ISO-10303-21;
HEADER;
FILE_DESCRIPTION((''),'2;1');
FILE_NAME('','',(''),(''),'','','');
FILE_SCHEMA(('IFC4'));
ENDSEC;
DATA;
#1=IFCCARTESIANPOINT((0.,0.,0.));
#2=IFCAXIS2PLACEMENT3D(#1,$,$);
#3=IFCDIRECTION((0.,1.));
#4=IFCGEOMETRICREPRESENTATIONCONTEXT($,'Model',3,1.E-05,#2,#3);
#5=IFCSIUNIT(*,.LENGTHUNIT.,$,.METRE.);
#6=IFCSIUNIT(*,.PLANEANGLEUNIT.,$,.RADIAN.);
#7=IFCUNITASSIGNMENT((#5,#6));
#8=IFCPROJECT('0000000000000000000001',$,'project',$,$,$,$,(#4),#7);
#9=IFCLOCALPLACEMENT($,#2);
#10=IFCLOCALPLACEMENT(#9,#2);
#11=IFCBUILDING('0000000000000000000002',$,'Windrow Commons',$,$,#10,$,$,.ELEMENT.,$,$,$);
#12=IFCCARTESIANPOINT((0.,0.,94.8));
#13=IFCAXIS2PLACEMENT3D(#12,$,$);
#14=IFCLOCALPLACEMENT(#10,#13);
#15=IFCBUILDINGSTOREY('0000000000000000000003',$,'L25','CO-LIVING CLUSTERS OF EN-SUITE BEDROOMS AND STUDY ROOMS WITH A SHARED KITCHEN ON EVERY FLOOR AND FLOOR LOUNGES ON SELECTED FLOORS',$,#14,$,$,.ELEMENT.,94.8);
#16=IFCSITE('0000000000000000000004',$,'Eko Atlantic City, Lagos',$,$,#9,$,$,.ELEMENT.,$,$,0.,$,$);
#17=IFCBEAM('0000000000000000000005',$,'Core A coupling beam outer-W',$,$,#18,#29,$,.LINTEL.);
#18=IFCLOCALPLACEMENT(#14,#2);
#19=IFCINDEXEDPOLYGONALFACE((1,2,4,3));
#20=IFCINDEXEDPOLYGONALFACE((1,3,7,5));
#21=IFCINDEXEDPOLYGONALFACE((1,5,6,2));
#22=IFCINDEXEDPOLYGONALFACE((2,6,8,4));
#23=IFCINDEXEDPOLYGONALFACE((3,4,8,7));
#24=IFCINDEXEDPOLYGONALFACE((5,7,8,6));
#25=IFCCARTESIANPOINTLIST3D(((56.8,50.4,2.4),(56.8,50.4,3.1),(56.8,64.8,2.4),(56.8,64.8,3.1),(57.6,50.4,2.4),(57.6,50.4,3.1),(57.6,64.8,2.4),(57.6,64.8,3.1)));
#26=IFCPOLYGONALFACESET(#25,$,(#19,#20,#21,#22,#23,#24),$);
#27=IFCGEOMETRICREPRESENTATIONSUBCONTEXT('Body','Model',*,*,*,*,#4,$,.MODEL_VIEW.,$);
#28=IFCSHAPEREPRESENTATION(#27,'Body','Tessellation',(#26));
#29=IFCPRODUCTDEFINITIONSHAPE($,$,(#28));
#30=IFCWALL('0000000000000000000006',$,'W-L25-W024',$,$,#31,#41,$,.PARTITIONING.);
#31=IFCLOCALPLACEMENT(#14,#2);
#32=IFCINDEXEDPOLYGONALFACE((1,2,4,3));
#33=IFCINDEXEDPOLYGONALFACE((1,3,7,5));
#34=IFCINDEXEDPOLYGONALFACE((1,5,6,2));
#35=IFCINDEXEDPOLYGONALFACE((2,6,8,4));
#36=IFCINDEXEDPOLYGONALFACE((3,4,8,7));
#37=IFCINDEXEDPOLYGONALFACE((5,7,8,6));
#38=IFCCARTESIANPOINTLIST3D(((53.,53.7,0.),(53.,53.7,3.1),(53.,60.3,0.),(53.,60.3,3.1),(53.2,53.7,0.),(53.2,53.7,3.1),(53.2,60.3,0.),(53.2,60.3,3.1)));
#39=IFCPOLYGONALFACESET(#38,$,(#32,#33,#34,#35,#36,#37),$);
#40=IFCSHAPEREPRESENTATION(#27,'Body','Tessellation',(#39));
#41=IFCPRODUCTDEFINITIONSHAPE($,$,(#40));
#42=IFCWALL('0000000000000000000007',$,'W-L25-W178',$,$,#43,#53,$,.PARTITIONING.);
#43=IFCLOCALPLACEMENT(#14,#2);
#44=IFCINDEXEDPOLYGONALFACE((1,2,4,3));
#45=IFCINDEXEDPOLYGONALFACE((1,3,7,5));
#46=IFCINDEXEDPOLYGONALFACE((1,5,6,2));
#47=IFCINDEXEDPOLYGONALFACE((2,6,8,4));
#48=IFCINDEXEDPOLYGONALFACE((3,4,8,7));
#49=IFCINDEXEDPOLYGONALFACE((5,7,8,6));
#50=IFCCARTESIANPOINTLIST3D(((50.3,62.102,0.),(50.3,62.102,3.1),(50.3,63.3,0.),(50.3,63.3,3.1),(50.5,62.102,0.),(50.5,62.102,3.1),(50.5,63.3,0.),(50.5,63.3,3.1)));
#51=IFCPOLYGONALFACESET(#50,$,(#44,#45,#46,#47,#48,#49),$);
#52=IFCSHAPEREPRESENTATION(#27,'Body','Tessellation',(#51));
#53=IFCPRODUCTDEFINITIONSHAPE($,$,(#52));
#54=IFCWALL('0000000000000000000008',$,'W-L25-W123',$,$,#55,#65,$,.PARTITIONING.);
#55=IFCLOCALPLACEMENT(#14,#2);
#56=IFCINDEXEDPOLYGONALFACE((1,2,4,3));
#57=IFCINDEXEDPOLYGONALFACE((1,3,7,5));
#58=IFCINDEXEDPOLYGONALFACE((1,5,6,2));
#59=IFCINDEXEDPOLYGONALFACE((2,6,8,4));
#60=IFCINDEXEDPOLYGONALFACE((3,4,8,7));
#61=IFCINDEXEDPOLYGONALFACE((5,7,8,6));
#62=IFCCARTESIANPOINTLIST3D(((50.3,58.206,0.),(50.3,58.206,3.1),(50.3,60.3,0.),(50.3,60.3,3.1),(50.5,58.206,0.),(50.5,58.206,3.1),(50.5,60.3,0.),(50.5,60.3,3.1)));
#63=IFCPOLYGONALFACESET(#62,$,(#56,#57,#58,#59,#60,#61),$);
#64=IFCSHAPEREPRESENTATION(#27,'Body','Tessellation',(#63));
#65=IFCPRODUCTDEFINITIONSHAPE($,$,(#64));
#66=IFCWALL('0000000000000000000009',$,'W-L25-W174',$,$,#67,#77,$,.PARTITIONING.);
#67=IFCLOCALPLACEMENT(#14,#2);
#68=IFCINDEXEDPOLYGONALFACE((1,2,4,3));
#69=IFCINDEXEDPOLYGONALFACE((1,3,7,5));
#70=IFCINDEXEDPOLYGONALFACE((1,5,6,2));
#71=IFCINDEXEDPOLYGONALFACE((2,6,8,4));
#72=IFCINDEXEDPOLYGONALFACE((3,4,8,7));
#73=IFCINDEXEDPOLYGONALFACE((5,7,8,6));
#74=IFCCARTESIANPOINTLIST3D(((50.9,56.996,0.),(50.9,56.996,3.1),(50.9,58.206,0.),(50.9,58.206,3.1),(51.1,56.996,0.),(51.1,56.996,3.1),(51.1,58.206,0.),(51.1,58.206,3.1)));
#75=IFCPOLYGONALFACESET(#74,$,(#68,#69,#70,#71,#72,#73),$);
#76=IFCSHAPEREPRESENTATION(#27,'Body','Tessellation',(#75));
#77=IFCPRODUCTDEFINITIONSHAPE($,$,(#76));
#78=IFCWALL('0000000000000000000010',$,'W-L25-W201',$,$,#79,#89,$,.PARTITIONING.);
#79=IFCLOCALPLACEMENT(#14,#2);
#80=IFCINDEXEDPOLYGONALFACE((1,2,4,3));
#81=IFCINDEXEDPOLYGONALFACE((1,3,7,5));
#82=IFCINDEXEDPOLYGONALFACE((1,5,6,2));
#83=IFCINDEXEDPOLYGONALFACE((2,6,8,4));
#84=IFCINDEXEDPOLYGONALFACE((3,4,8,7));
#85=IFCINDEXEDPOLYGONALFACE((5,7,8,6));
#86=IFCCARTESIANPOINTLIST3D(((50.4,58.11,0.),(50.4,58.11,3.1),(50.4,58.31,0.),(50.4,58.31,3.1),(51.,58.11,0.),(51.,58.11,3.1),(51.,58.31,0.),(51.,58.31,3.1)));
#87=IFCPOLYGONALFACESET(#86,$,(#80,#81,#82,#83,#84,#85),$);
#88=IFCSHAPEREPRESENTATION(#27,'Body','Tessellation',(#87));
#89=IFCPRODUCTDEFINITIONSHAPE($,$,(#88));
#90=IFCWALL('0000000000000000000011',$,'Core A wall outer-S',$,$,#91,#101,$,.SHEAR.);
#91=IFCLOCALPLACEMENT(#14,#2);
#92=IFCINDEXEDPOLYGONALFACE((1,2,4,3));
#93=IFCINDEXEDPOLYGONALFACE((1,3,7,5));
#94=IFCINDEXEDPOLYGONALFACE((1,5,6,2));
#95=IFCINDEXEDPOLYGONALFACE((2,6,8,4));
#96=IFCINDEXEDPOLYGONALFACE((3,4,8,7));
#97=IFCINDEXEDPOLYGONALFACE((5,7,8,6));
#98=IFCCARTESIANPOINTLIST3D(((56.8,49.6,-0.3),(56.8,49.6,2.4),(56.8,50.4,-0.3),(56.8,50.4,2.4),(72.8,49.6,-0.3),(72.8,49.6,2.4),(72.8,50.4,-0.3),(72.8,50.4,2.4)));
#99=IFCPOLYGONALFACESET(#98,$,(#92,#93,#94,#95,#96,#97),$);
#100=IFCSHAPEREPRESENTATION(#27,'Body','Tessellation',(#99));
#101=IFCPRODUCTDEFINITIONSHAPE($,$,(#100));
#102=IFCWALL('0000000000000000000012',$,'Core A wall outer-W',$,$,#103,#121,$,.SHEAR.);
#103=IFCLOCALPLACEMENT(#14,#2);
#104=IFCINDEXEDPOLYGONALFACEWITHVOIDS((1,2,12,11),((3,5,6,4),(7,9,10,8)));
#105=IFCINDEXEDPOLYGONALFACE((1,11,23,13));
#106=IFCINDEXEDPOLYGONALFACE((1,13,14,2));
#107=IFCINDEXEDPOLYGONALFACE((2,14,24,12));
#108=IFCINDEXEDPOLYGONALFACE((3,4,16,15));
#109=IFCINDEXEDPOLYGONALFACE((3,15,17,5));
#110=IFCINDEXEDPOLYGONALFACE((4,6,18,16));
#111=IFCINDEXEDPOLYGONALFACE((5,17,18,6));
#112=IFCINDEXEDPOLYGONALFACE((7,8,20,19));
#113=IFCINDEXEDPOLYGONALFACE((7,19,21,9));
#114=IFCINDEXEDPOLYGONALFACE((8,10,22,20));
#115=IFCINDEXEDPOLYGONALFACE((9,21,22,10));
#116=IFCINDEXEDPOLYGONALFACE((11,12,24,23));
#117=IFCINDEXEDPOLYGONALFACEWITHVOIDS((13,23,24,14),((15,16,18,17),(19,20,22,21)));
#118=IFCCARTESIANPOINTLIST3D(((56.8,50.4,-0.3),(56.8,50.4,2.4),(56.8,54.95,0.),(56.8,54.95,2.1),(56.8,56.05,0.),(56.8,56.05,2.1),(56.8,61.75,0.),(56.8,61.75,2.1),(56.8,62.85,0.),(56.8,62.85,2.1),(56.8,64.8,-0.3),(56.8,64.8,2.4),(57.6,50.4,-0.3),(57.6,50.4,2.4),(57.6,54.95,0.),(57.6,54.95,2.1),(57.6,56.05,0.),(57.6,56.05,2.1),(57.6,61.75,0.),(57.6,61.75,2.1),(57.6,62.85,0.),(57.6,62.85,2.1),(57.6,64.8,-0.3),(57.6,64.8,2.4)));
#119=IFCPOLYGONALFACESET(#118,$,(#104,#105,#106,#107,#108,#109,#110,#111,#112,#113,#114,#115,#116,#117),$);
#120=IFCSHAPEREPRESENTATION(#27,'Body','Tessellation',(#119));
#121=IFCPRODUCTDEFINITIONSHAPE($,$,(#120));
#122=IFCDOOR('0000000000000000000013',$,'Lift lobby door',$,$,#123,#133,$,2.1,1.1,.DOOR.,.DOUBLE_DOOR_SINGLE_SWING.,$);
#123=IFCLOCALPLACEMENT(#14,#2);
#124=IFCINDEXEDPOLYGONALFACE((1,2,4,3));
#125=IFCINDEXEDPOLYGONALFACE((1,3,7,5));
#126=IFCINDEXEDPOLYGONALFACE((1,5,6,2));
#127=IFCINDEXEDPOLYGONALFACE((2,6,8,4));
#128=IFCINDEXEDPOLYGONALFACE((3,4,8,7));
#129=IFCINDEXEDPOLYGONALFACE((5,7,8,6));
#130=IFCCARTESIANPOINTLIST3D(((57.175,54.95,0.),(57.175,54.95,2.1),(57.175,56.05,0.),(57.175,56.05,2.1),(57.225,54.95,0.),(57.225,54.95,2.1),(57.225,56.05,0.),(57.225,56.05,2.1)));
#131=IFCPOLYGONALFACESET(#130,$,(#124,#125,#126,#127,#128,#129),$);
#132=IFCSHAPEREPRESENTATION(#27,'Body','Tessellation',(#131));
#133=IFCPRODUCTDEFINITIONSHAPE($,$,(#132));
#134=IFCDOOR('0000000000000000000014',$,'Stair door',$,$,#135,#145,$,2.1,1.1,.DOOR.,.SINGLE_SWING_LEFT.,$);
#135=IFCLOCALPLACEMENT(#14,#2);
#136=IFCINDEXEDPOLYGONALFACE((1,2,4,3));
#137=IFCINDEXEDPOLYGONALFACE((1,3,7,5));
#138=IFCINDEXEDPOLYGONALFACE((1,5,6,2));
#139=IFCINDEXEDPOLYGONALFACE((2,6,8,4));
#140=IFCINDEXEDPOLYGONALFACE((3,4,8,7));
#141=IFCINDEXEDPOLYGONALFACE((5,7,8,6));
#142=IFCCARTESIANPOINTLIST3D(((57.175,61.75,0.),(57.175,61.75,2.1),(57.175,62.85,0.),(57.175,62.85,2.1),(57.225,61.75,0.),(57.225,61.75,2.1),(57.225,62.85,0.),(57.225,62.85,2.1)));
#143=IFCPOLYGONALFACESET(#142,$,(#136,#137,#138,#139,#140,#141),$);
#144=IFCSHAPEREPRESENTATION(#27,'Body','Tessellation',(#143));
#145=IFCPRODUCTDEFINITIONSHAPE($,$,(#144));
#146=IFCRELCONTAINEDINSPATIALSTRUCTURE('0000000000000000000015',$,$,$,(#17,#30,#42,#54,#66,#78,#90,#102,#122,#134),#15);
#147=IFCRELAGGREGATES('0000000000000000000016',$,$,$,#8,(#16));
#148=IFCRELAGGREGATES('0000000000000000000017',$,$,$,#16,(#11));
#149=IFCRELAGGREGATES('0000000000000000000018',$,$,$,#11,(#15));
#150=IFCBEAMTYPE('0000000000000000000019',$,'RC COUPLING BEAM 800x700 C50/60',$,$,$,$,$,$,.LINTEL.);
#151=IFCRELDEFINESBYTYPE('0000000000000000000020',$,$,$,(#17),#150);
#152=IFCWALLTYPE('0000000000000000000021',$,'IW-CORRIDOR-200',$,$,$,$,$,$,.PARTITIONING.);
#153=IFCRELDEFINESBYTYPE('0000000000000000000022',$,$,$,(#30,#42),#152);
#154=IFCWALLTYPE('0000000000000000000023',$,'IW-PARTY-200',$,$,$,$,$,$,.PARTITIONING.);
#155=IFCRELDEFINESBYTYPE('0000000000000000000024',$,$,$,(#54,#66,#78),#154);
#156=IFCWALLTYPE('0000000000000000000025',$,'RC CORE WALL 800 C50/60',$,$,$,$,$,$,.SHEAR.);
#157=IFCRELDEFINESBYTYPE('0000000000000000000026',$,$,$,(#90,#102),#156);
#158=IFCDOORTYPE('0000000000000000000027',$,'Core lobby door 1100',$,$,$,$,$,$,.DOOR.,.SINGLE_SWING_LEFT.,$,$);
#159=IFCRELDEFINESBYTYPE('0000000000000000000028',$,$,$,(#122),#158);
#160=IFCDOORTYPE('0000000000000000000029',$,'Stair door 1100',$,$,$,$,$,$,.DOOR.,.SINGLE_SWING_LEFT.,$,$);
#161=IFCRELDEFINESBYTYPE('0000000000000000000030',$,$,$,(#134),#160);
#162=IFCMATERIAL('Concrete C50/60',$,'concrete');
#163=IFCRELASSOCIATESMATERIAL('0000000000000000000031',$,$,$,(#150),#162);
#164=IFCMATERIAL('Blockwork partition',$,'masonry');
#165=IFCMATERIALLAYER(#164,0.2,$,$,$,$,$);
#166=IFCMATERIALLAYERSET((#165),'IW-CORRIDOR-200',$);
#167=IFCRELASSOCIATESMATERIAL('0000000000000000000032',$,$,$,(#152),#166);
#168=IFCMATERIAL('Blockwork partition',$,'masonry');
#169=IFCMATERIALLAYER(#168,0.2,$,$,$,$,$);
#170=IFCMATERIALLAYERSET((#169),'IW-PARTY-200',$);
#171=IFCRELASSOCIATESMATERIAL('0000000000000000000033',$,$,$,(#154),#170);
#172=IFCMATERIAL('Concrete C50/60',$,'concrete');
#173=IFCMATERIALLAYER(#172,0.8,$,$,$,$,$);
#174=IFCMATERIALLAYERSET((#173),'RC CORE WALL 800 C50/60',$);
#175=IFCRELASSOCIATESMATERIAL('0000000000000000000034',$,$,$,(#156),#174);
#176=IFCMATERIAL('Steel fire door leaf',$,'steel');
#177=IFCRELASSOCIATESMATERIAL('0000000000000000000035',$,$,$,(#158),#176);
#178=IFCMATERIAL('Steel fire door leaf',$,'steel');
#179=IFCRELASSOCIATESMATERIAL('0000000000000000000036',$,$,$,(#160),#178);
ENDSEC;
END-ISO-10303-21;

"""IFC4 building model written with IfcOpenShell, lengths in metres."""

from ifc_helpers import new_model, si_unit, direction, frame, frame_2d, origin, origin_2d, place, context, subcontext, project, spatial, rectangle, extrude, material, layer, layer_set, material_profile, profile_set, type_object, element, fill, save


model = new_model("IFC4")

# Units and contexts
model_context = context("Model", 3, precision=1e-05, world=origin(), true_north=direction((0.0, 1.0)))
body_context = subcontext(model_context, "Body", "Model", "MODEL_VIEW")
ifc_project = project(units=[si_unit("LENGTHUNIT", "METRE"), si_unit("PLANEANGLEUNIT", "RADIAN")], contexts=[model_context])

# Site, building, storey
site_placement = place(None, origin())
site = spatial("IfcSite", under=ifc_project, at=site_placement, Name="Eko Atlantic City, Lagos", CompositionType="ELEMENT", RefElevation=0.0)
building_placement = place(site_placement, origin())
building = spatial("IfcBuilding", under=site, at=building_placement, Name="Windrow Commons", CompositionType="ELEMENT")
storey_placement = place(building_placement, frame((0.0, 0.0, 94.8)))
storey = spatial("IfcBuildingStorey", under=building, at=storey_placement, Name="L25", Description="CO-LIVING CLUSTERS OF EN-SUITE BEDROOMS AND STUDY ROOMS WITH A SHARED KITCHEN ON EVERY FLOOR AND FLOOR LOUNGES ON SELECTED FLOORS", CompositionType="ELEMENT", Elevation=94.8)

# Beam
ifc_material_1 = material(Name="Concrete C50/60", Category="concrete")
ifc_material_profile = material_profile(ifc_material_1, rectangle(XDim=0.8, YDim=0.7, at=origin_2d()))
ifc_profile_set = profile_set([ifc_material_profile], Name="Concrete C50/60")
beam_type = type_object("IfcBeamType", Name="RC COUPLING BEAM 800x700 C50/60", PredefinedType="LINTEL", material=ifc_profile_set)
beam_placement = place(storey_placement, frame((57.2, 50.4, 2.75), z_axis=(0.0, 1.0, 0.0), x_axis=(-1.0, 0.0, 0.0)))
element("IfcBeam", 1, at=beam_placement, inside=storey, type_object=beam_type, Name="Core A coupling beam outer-W", PredefinedType="LINTEL", context=body_context, shape_type="SweptSolid", body=[
    extrude(rectangle(XDim=0.8, YDim=0.7, at=origin_2d()), origin(), (0.0, 0.0, 1.0), 14.4),
])

# Walls
ifc_material_2 = material(Name="Blockwork partition", Category="masonry")
ifc_layer_1 = layer(ifc_material_2, 0.2)
ifc_layer_set_1 = layer_set([ifc_layer_1], Name="IW-CORRIDOR-200")
wall_type_1 = type_object("IfcWallType", Name="IW-CORRIDOR-200", PredefinedType="PARTITIONING", material=ifc_layer_set_1)
wall_1_placement = place(storey_placement, frame((53.1, 53.7, 0.0), z_axis=(0.0, 0.0, 1.0), x_axis=(0.0, 1.0, 0.0)))
element("IfcWall", 2, at=wall_1_placement, inside=storey, type_object=wall_type_1, Name="W-L25-W024", PredefinedType="PARTITIONING", context=body_context, shape_type="SweptSolid", body=[
    extrude(rectangle(XDim=6.6, YDim=0.2, at=frame_2d((3.3, 0.0))), origin(), (0.0, 0.0, 1.0), 3.1),
])
wall_2_placement = place(storey_placement, frame((50.4, 62.102, 0.0), z_axis=(0.0, 0.0, 1.0), x_axis=(0.0, 1.0, 0.0)))
element("IfcWall", 3, at=wall_2_placement, inside=storey, type_object=wall_type_1, Name="W-L25-W178", PredefinedType="PARTITIONING", context=body_context, shape_type="SweptSolid", body=[
    extrude(rectangle(XDim=1.198, YDim=0.2, at=frame_2d((0.599, 0.0))), origin(), (0.0, 0.0, 1.0), 3.1),
])
ifc_material_3 = material(Name="Blockwork partition", Category="masonry")
ifc_layer_2 = layer(ifc_material_3, 0.2)
ifc_layer_set_2 = layer_set([ifc_layer_2], Name="IW-PARTY-200")
wall_type_2 = type_object("IfcWallType", Name="IW-PARTY-200", PredefinedType="PARTITIONING", material=ifc_layer_set_2)
wall_3_placement = place(storey_placement, frame((50.4, 58.206, 0.0), z_axis=(0.0, 0.0, 1.0), x_axis=(0.0, 1.0, 0.0)))
element("IfcWall", 4, at=wall_3_placement, inside=storey, type_object=wall_type_2, Name="W-L25-W123", PredefinedType="PARTITIONING", context=body_context, shape_type="SweptSolid", body=[
    extrude(rectangle(XDim=2.094, YDim=0.2, at=frame_2d((1.047, 0.0))), origin(), (0.0, 0.0, 1.0), 3.1),
])
wall_4_placement = place(storey_placement, frame((51.0, 56.996, 0.0), z_axis=(0.0, 0.0, 1.0), x_axis=(0.0, 1.0, 0.0)))
element("IfcWall", 5, at=wall_4_placement, inside=storey, type_object=wall_type_2, Name="W-L25-W174", PredefinedType="PARTITIONING", context=body_context, shape_type="SweptSolid", body=[
    extrude(rectangle(XDim=1.21, YDim=0.2, at=frame_2d((0.605, 0.0))), origin(), (0.0, 0.0, 1.0), 3.1),
])
wall_5_placement = place(storey_placement, frame((50.4, 58.21, 0.0), z_axis=(0.0, 0.0, 1.0), x_axis=(1.0, 0.0, 0.0)))
element("IfcWall", 6, at=wall_5_placement, inside=storey, type_object=wall_type_2, Name="W-L25-W201", PredefinedType="PARTITIONING", context=body_context, shape_type="SweptSolid", body=[
    extrude(rectangle(XDim=0.6, YDim=0.2, at=frame_2d((0.3, 0.0))), origin(), (0.0, 0.0, 1.0), 3.1),
])
ifc_material_4 = material(Name="Concrete C50/60", Category="concrete")
ifc_layer_3 = layer(ifc_material_4, 0.8)
ifc_layer_set_3 = layer_set([ifc_layer_3], Name="RC CORE WALL 800 C50/60")
wall_type_3 = type_object("IfcWallType", Name="RC CORE WALL 800 C50/60", PredefinedType="SHEAR", material=ifc_layer_set_3)
wall_6_placement = place(storey_placement, frame((56.8, 50.0, -0.3), z_axis=(0.0, 0.0, 1.0), x_axis=(1.0, 0.0, 0.0)))
element("IfcWall", 7, at=wall_6_placement, inside=storey, type_object=wall_type_3, Name="Core A wall outer-S", PredefinedType="SHEAR", context=body_context, shape_type="SweptSolid", body=[
    extrude(rectangle(XDim=16.0, YDim=0.8, at=frame_2d((8.0, 0.0))), origin(), (0.0, 0.0, 1.0), 2.7),
])

# Wall, openings, doors
wall_7_placement = place(storey_placement, frame((57.2, 50.4, -0.3), z_axis=(0.0, 0.0, 1.0), x_axis=(0.0, 1.0, 0.0)))
wall_7 = element("IfcWall", 8, at=wall_7_placement, inside=storey, type_object=wall_type_3, Name="Core A wall outer-W", PredefinedType="SHEAR", context=body_context, shape_type="SweptSolid", body=[
    extrude(rectangle(XDim=14.4, YDim=0.8, at=frame_2d((7.2, 0.0))), origin(), (0.0, 0.0, 1.0), 2.7),
])
opening_1_placement = place(wall_7_placement, frame((4.55, 0.0, 0.3)))
opening_1 = element("IfcOpeningElement", 9, at=opening_1_placement, cuts=wall_7, PredefinedType="OPENING", context=body_context, shape_type="SweptSolid", body=[
    extrude(rectangle(XDim=1.1, YDim=2.1, at=frame_2d((0.55, 1.05))), frame((0.0, 0.41, 0.0), z_axis=(0.0, -1.0, 0.0), x_axis=(1.0, 0.0, 0.0)), (0.0, 0.0, 1.0), 0.82),
])
opening_2_placement = place(wall_7_placement, frame((11.35, 0.0, 0.3)))
opening_2 = element("IfcOpeningElement", 10, at=opening_2_placement, cuts=wall_7, PredefinedType="OPENING", context=body_context, shape_type="SweptSolid", body=[
    extrude(rectangle(XDim=1.1, YDim=2.1, at=frame_2d((0.55, 1.05))), frame((0.0, 0.41, 0.0), z_axis=(0.0, -1.0, 0.0), x_axis=(1.0, 0.0, 0.0)), (0.0, 0.0, 1.0), 0.82),
])
ifc_material_5 = material(Name="Steel fire door leaf", Category="steel")
door_type_1 = type_object("IfcDoorType", Name="Core lobby door 1100", OperationType="SINGLE_SWING_LEFT", PredefinedType="DOOR", material=ifc_material_5)
door_1_placement = place(opening_1_placement, origin())
door_1 = element("IfcDoor", 11, at=door_1_placement, inside=storey, type_object=door_type_1, Name="Lift lobby door", OperationType="DOUBLE_DOOR_SINGLE_SWING", OverallHeight=2.1, OverallWidth=1.1, PredefinedType="DOOR", context=body_context, shape_type="SweptSolid", body=[
    extrude(rectangle(XDim=1.1, YDim=2.1, at=frame_2d((0.55, 1.05))), frame((0.0, 0.025, 0.0), z_axis=(0.0, -1.0, 0.0), x_axis=(1.0, 0.0, 0.0)), (0.0, 0.0, 1.0), 0.05),
])
fill(opening_1, door_1)
ifc_material_6 = material(Name="Steel fire door leaf", Category="steel")
door_type_2 = type_object("IfcDoorType", Name="Stair door 1100", OperationType="SINGLE_SWING_LEFT", PredefinedType="DOOR", material=ifc_material_6)
door_2_placement = place(opening_2_placement, origin())
door_2 = element("IfcDoor", 12, at=door_2_placement, inside=storey, type_object=door_type_2, Name="Stair door", OperationType="SINGLE_SWING_LEFT", OverallHeight=2.1, OverallWidth=1.1, PredefinedType="DOOR", context=body_context, shape_type="SweptSolid", body=[
    extrude(rectangle(XDim=1.1, YDim=2.1, at=frame_2d((0.55, 1.05))), frame((0.0, 0.025, 0.0), z_axis=(0.0, -1.0, 0.0), x_axis=(1.0, 0.0, 0.0)), (0.0, 0.0, 1.0), 0.05),
])
fill(opening_2, door_2)

save(model, "model.ifc")
